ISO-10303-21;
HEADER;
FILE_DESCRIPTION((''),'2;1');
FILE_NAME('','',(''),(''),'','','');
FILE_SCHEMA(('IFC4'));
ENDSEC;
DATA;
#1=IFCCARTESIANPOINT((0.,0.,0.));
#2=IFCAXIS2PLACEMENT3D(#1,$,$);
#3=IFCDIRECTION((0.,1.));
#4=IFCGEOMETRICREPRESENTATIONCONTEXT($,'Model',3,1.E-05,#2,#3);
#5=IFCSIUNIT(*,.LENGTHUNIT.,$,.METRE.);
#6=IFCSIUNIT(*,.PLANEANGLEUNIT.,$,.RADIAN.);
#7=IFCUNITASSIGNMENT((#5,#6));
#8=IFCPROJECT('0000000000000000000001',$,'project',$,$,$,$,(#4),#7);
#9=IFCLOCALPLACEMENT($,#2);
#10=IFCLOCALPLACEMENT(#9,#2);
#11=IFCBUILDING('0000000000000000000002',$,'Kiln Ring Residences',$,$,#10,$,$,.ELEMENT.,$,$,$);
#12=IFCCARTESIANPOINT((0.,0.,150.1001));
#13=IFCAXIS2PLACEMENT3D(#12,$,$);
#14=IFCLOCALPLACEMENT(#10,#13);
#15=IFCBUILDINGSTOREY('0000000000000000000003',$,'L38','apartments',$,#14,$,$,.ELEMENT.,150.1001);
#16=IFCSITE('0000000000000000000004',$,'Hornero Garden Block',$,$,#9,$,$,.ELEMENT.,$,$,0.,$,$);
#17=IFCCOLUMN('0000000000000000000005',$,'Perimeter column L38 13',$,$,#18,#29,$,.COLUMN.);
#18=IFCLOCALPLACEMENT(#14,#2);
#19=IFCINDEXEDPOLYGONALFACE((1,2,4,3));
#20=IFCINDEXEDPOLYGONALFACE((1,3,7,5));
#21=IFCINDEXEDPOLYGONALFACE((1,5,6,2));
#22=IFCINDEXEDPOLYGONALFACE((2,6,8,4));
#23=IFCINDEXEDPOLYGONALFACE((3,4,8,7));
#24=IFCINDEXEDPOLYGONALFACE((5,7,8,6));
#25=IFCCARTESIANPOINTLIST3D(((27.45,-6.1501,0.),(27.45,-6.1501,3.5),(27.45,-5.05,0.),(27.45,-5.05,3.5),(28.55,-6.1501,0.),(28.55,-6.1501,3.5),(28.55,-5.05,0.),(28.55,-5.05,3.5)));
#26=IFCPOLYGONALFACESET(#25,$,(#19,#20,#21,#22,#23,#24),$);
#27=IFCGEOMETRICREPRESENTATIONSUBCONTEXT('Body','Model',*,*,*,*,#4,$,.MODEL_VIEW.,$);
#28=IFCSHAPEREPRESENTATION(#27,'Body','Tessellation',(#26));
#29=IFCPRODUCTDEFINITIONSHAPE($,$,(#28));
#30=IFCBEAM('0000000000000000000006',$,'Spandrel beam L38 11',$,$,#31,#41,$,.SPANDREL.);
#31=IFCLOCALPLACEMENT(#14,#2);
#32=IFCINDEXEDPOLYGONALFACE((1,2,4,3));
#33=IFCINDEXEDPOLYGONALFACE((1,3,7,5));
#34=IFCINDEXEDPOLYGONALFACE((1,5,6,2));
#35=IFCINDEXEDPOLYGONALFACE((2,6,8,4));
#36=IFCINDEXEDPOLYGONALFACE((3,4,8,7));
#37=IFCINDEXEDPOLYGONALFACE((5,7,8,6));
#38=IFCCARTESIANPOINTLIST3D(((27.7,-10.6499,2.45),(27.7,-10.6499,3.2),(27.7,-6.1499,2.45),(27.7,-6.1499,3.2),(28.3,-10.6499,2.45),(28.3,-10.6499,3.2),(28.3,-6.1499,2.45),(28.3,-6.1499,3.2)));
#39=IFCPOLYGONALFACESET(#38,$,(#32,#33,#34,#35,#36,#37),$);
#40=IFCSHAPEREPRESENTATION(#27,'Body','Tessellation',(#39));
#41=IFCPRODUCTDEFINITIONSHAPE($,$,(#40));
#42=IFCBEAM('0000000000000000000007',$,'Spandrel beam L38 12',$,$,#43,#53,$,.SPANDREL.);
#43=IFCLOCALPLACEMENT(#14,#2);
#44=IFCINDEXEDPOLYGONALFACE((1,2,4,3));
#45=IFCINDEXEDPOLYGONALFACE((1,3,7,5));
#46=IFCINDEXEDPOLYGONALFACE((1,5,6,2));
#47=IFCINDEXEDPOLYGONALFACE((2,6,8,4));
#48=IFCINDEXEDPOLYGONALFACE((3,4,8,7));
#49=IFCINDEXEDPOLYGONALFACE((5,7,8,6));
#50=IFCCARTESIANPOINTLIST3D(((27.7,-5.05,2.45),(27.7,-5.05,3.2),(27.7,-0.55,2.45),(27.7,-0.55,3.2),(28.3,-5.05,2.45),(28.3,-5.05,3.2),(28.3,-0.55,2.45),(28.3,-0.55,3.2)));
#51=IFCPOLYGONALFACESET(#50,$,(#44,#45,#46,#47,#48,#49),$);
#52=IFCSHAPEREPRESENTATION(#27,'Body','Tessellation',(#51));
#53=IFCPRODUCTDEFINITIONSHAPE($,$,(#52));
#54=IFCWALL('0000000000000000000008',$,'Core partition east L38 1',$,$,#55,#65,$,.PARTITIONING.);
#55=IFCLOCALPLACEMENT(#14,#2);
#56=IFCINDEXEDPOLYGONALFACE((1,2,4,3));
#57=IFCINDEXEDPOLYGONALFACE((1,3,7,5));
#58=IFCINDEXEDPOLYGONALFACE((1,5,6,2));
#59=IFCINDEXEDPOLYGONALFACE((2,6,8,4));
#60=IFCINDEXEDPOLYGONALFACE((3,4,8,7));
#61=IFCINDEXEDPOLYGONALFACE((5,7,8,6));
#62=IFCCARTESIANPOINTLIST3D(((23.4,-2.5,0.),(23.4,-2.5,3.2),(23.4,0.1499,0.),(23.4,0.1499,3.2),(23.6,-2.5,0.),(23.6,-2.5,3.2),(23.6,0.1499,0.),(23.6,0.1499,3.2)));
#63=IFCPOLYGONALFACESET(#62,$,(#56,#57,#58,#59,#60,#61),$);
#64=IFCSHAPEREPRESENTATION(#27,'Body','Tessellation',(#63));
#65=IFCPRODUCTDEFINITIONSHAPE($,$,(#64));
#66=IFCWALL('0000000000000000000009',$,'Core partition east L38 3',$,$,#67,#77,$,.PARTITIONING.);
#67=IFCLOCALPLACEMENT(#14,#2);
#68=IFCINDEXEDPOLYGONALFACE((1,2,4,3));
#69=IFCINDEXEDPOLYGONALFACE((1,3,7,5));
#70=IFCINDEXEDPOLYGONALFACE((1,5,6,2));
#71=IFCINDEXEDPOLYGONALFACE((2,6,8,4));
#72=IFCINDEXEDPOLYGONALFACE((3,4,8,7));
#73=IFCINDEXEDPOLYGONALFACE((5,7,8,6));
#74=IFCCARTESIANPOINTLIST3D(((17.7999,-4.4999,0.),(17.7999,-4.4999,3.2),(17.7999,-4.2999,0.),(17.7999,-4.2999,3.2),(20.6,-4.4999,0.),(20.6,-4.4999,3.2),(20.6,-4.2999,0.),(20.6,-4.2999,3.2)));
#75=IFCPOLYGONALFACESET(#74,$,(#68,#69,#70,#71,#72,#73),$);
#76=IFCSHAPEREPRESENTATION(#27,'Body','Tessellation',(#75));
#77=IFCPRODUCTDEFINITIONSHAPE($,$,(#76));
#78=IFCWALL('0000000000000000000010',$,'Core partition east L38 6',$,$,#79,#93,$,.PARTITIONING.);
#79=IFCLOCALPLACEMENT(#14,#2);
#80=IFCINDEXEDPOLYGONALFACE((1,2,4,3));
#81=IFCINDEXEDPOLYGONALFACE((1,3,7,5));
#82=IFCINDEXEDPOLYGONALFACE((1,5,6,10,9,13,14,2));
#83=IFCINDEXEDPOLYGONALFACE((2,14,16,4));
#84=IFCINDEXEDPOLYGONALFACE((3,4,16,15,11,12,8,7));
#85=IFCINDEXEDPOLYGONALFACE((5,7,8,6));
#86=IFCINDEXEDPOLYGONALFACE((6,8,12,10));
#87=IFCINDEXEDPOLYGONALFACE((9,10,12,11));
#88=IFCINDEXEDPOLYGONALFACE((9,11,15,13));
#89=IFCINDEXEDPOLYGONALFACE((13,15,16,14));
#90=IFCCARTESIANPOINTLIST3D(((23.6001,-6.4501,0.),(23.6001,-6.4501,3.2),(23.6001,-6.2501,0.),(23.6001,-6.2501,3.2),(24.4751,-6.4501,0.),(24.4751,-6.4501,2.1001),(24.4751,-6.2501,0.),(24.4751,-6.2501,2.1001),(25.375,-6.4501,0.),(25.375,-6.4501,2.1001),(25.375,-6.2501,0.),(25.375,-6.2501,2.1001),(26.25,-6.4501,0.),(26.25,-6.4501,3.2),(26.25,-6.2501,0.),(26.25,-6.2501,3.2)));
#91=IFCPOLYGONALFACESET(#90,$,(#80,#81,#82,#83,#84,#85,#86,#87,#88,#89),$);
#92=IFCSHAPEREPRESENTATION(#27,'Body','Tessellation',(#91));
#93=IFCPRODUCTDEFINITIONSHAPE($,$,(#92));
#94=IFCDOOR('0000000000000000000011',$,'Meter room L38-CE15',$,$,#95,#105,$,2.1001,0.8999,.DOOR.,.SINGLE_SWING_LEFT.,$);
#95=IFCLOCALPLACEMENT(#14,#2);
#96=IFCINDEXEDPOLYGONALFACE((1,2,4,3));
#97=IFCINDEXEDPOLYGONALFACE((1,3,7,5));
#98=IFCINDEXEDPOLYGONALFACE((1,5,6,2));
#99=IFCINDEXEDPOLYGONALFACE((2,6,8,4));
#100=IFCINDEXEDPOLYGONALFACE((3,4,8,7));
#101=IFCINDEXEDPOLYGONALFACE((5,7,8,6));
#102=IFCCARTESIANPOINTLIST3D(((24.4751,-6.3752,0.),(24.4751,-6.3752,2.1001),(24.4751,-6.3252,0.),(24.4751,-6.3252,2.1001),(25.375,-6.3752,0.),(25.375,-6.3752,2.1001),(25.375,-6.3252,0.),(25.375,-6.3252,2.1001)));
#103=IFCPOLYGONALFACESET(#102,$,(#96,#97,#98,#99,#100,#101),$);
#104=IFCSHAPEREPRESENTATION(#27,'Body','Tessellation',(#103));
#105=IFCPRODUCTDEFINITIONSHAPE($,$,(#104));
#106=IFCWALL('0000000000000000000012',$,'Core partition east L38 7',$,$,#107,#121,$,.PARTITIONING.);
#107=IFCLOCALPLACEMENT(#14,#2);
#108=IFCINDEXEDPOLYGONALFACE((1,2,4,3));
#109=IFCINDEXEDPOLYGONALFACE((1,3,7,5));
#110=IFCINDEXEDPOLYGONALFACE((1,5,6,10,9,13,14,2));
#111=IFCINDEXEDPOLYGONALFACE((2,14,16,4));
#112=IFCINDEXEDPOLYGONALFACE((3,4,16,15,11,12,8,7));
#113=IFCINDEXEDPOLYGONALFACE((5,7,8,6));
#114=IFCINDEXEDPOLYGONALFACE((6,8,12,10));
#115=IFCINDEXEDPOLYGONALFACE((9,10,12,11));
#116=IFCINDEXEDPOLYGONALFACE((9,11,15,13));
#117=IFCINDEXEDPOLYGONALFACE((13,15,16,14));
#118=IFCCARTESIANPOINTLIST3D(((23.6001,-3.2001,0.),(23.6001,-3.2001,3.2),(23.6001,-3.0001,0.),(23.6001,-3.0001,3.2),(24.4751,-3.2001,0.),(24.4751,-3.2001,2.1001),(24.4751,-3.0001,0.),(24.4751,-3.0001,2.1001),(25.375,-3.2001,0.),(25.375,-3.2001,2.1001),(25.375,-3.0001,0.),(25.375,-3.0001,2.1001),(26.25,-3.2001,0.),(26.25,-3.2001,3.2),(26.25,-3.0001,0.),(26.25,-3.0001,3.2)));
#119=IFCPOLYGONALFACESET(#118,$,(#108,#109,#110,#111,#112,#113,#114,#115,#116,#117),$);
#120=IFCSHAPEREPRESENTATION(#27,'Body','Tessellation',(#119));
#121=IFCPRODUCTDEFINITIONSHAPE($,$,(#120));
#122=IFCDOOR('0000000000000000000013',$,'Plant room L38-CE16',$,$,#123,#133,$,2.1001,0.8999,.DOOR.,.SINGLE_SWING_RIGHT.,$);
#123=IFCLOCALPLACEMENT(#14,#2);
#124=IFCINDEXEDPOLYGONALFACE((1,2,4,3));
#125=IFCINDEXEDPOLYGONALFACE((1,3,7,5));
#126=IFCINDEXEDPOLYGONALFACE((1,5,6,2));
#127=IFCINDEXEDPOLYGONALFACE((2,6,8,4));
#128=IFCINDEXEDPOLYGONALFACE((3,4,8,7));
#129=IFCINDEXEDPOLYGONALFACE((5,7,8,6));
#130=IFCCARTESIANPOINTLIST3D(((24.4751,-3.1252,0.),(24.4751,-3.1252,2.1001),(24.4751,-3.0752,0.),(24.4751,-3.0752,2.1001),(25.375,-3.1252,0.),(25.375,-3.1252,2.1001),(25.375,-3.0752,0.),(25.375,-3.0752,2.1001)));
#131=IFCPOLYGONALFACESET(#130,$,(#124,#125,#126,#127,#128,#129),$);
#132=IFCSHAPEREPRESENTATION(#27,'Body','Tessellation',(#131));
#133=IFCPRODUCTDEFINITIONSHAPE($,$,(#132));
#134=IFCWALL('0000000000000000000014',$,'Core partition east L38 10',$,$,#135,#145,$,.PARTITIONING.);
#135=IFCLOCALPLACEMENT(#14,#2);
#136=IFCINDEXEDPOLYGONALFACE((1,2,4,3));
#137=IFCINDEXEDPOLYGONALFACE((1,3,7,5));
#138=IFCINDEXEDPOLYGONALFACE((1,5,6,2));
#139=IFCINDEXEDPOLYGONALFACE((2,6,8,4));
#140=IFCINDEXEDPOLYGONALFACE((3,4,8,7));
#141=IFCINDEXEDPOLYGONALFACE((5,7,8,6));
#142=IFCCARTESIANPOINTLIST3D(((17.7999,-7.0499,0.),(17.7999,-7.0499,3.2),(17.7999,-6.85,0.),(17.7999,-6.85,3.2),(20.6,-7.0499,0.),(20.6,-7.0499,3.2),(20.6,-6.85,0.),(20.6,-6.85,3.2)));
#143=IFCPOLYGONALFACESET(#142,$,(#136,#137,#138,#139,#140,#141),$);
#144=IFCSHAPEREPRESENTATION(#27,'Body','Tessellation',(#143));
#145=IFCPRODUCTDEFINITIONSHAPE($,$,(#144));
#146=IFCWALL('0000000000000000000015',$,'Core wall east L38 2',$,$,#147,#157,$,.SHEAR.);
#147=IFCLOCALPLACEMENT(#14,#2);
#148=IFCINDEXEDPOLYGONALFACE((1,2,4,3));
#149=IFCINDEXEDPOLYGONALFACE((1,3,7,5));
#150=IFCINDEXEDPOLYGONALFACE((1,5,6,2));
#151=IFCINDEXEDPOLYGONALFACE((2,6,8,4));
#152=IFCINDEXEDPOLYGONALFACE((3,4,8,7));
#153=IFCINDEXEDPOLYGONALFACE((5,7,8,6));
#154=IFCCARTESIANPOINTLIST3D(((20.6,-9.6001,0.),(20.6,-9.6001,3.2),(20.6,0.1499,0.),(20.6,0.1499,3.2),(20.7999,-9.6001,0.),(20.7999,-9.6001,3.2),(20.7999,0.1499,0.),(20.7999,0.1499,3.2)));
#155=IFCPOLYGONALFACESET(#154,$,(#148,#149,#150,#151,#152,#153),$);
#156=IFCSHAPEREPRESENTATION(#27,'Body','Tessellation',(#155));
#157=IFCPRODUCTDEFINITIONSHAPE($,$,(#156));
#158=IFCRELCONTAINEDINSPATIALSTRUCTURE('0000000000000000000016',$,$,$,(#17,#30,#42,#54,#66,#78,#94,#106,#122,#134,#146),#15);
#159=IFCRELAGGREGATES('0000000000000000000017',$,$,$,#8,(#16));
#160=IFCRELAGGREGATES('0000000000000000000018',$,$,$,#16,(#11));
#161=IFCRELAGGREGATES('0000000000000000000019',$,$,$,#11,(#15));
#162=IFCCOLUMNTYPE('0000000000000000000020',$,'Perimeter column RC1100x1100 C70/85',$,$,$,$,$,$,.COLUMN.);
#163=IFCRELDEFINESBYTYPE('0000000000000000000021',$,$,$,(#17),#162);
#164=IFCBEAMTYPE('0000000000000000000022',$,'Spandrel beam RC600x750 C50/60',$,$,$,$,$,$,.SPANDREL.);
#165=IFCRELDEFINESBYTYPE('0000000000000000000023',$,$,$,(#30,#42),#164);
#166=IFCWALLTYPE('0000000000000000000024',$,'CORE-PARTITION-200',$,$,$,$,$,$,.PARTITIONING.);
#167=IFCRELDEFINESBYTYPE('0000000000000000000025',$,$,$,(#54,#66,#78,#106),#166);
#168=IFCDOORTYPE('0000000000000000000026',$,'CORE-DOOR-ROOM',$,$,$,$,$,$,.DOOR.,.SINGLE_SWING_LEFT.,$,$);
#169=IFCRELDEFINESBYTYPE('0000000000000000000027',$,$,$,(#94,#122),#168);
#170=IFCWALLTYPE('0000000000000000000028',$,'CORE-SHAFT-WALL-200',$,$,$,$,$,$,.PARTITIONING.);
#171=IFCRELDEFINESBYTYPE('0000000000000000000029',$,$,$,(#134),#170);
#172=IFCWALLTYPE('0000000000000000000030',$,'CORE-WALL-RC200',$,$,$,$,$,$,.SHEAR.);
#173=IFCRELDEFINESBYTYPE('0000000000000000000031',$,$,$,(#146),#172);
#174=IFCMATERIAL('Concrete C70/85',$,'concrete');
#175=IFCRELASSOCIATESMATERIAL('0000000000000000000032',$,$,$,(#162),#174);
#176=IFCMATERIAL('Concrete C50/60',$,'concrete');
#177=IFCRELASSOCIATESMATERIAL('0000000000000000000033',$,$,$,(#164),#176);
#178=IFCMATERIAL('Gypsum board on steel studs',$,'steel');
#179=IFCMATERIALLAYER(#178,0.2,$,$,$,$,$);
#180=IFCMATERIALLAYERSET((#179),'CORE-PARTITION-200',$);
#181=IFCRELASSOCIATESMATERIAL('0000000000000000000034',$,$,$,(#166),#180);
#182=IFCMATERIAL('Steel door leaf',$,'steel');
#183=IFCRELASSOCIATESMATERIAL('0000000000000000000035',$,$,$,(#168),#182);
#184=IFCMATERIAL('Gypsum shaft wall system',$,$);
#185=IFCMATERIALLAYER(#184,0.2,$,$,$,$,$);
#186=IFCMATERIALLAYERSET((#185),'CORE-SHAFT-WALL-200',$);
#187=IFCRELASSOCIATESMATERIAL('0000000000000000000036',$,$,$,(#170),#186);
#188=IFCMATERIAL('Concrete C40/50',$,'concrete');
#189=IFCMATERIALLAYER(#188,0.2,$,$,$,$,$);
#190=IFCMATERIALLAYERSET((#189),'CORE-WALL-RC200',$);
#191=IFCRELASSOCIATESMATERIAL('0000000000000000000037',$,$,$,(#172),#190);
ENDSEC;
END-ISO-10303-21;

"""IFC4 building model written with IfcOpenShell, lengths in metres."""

from ifc_helpers import new_model, si_unit, direction, frame, frame_2d, origin, origin_2d, place, context, subcontext, project, spatial, rectangle, extrude, material, layer, layer_set, material_profile, profile_set, type_object, element, fill, save


model = new_model("IFC4")

# Units and contexts
model_context = context("Model", 3, precision=1e-05, world=origin(), true_north=direction((0.0, 1.0)))
body_context = subcontext(model_context, "Body", "Model", "MODEL_VIEW")
ifc_project = project(units=[si_unit("LENGTHUNIT", "METRE"), si_unit("PLANEANGLEUNIT", "RADIAN")], contexts=[model_context])

# Site, building, storey
site_placement = place(None, origin())
site = spatial("IfcSite", under=ifc_project, at=site_placement, Name="Hornero Garden Block", CompositionType="ELEMENT", RefElevation=0.0)
building_placement = place(site_placement, origin())
building = spatial("IfcBuilding", under=site, at=building_placement, Name="Kiln Ring Residences", CompositionType="ELEMENT")
storey_placement = place(building_placement, frame((0.0, 0.0, 150.1001)))
storey = spatial("IfcBuildingStorey", under=building, at=storey_placement, Name="L38", Description="apartments", CompositionType="ELEMENT", Elevation=150.1001)

# Column
ifc_material_1 = material(Name="Concrete C70/85", Category="concrete")
ifc_material_profile_1 = material_profile(ifc_material_1, rectangle(XDim=1.1001, YDim=1.1001, at=origin_2d()), Name="RC1100x1100")
ifc_profile_set_1 = profile_set([ifc_material_profile_1], Name="Concrete C70/85")
column_type = type_object("IfcColumnType", Name="Perimeter column RC1100x1100 C70/85", PredefinedType="COLUMN", material=ifc_profile_set_1)
column_placement = place(storey_placement, frame((28.0, -5.6001, 0.0), z_axis=(0.0, 0.0, 1.0), x_axis=(1.0, 0.0, 0.0)))
element("IfcColumn", 1, at=column_placement, inside=storey, type_object=column_type, Name="Perimeter column L38 13", PredefinedType="COLUMN", context=body_context, shape_type="SweptSolid", body=[
    extrude(rectangle(XDim=1.1001, YDim=1.1001, at=origin_2d()), origin(), (0.0, 0.0, 1.0), 3.5),
])

# Beams
ifc_material_2 = material(Name="Concrete C50/60", Category="concrete")
ifc_material_profile_2 = material_profile(ifc_material_2, rectangle(XDim=0.6001, YDim=0.75, at=origin_2d()), Name="RC600x750")
ifc_profile_set_2 = profile_set([ifc_material_profile_2], Name="Concrete C50/60")
beam_type = type_object("IfcBeamType", Name="Spandrel beam RC600x750 C50/60", PredefinedType="SPANDREL", material=ifc_profile_set_2)
for number, where, z_axis, x_axis, name in (
    (2, (28.0, -10.6499, 2.825), (0.0, 1.0, 0.0), (-1.0, 0.0, 0.0), "Spandrel beam L38 11"),
    (3, (28.0, -5.05, 2.825), (0.0, 1.0, 0.0), (-1.0, 0.0, 0.0), "Spandrel beam L38 12"),
):
    element("IfcBeam", number, at=place(storey_placement, frame(where, z_axis=z_axis, x_axis=x_axis)), inside=storey, type_object=beam_type, Name=name, PredefinedType="SPANDREL", context=body_context, shape_type="SweptSolid", body=[
        extrude(rectangle(XDim=0.6001, YDim=0.75, at=origin_2d()), origin(), (0.0, 0.0, 1.0), 4.5),
    ])

# Walls
ifc_material_3 = material(Name="Gypsum board on steel studs", Category="steel")
ifc_layer_1 = layer(ifc_material_3, 0.2)
ifc_layer_set_1 = layer_set([ifc_layer_1], Name="CORE-PARTITION-200")
wall_type_1 = type_object("IfcWallType", Name="CORE-PARTITION-200", PredefinedType="PARTITIONING", material=ifc_layer_set_1)
wall_1_placement = place(storey_placement, frame((23.5, -2.5, 0.0), z_axis=(0.0, 0.0, 1.0), x_axis=(0.0, 1.0, 0.0)))
element("IfcWall", 4, at=wall_1_placement, inside=storey, type_object=wall_type_1, Name="Core partition east L38 1", PredefinedType="PARTITIONING", context=body_context, shape_type="SweptSolid", body=[
    extrude(rectangle(XDim=2.6499, YDim=0.2, at=frame_2d((1.325, 0.0))), origin(), (0.0, 0.0, 1.0), 3.2),
])
wall_2_placement = place(storey_placement, frame((17.8, -4.3999, 0.0), z_axis=(0.0, 0.0, 1.0), x_axis=(1.0, 0.0, 0.0)))
element("IfcWall", 5, at=wall_2_placement, inside=storey, type_object=wall_type_1, Name="Core partition east L38 3", PredefinedType="PARTITIONING", context=body_context, shape_type="SweptSolid", body=[
    extrude(rectangle(XDim=2.8, YDim=0.2, at=frame_2d((1.3999, 0.0))), origin(), (0.0, 0.0, 1.0), 3.2),
])

# Walls, openings, doors
wall_3_placement = place(storey_placement, frame((23.6001, -6.3501, 0.0), z_axis=(0.0, 0.0, 1.0), x_axis=(1.0, 0.0, 0.0)))
wall_3 = element("IfcWall", 6, at=wall_3_placement, inside=storey, type_object=wall_type_1, Name="Core partition east L38 6", PredefinedType="PARTITIONING", context=body_context, shape_type="SweptSolid", body=[
    extrude(rectangle(XDim=2.6499, YDim=0.2, at=frame_2d((1.325, 0.0))), origin(), (0.0, 0.0, 1.0), 3.2),
])
opening_1_placement = place(wall_3_placement, frame((0.875, 0.0, 0.0)))
opening_1 = element("IfcOpeningElement", 7, at=opening_1_placement, cuts=wall_3, PredefinedType="OPENING", context=body_context, shape_type="SweptSolid", body=[
    extrude(rectangle(XDim=0.8999, YDim=2.1001, at=frame_2d((0.45, 1.05))), frame((0.0, 0.1099, 0.0), z_axis=(0.0, -1.0, 0.0), x_axis=(1.0, 0.0, 0.0)), (0.0, 0.0, 1.0), 0.22),
])
ifc_material_4 = material(Name="Steel door leaf", Category="steel")
door_type_1 = type_object("IfcDoorType", Name="CORE-DOOR-ROOM", OperationType="SINGLE_SWING_LEFT", PredefinedType="DOOR", material=ifc_material_4)
door_1_placement = place(opening_1_placement, origin())
door_1 = element("IfcDoor", 8, at=door_1_placement, inside=storey, type_object=door_type_1, Name="Meter room L38-CE15", OperationType="SINGLE_SWING_LEFT", OverallHeight=2.1001, OverallWidth=0.8999, PredefinedType="DOOR", context=body_context, shape_type="SweptSolid", body=[
    extrude(rectangle(XDim=0.8999, YDim=2.1001, at=frame_2d((0.45, 1.05))), frame((0.0, 0.0249, 0.0), z_axis=(0.0, -1.0, 0.0), x_axis=(1.0, 0.0, 0.0)), (0.0, 0.0, 1.0), 0.05),
])
fill(opening_1, door_1)
wall_4_placement = place(storey_placement, frame((23.6001, -3.1001, 0.0), z_axis=(0.0, 0.0, 1.0), x_axis=(1.0, 0.0, 0.0)))
wall_4 = element("IfcWall", 9, at=wall_4_placement, inside=storey, type_object=wall_type_1, Name="Core partition east L38 7", PredefinedType="PARTITIONING", context=body_context, shape_type="SweptSolid", body=[
    extrude(rectangle(XDim=2.6499, YDim=0.2, at=frame_2d((1.325, 0.0))), origin(), (0.0, 0.0, 1.0), 3.2),
])
opening_2_placement = place(wall_4_placement, frame((0.875, 0.0, 0.0)))
opening_2 = element("IfcOpeningElement", 10, at=opening_2_placement, cuts=wall_4, PredefinedType="OPENING", context=body_context, shape_type="SweptSolid", body=[
    extrude(rectangle(XDim=0.8999, YDim=2.1001, at=frame_2d((0.45, 1.05))), frame((0.0, 0.1099, 0.0), z_axis=(0.0, -1.0, 0.0), x_axis=(1.0, 0.0, 0.0)), (0.0, 0.0, 1.0), 0.22),
])
door_2_placement = place(opening_2_placement, origin())
door_2 = element("IfcDoor", 11, at=door_2_placement, inside=storey, type_object=door_type_1, Name="Plant room L38-CE16", OperationType="SINGLE_SWING_RIGHT", OverallHeight=2.1001, OverallWidth=0.8999, PredefinedType="DOOR", context=body_context, shape_type="SweptSolid", body=[
    extrude(rectangle(XDim=0.8999, YDim=2.1001, at=frame_2d((0.45, 1.05))), frame((0.0, 0.0249, 0.0), z_axis=(0.0, -1.0, 0.0), x_axis=(1.0, 0.0, 0.0)), (0.0, 0.0, 1.0), 0.05),
])
fill(opening_2, door_2)

# Walls
ifc_material_5 = material(Name="Gypsum shaft wall system")
ifc_layer_2 = layer(ifc_material_5, 0.2)
ifc_layer_set_2 = layer_set([ifc_layer_2], Name="CORE-SHAFT-WALL-200")
wall_type_2 = type_object("IfcWallType", Name="CORE-SHAFT-WALL-200", PredefinedType="PARTITIONING", material=ifc_layer_set_2)
wall_5_placement = place(storey_placement, frame((17.8, -6.95, 0.0), z_axis=(0.0, 0.0, 1.0), x_axis=(1.0, 0.0, 0.0)))
element("IfcWall", 12, at=wall_5_placement, inside=storey, type_object=wall_type_2, Name="Core partition east L38 10", PredefinedType="PARTITIONING", context=body_context, shape_type="SweptSolid", body=[
    extrude(rectangle(XDim=2.8, YDim=0.2, at=frame_2d((1.3999, 0.0))), origin(), (0.0, 0.0, 1.0), 3.2),
])
ifc_material_6 = material(Name="Concrete C40/50", Category="concrete")
ifc_layer_3 = layer(ifc_material_6, 0.2)
ifc_layer_set_3 = layer_set([ifc_layer_3], Name="CORE-WALL-RC200")
wall_type_3 = type_object("IfcWallType", Name="CORE-WALL-RC200", PredefinedType="SHEAR", material=ifc_layer_set_3)
wall_6_placement = place(storey_placement, frame((20.7, -9.6001, 0.0), z_axis=(0.0, 0.0, 1.0), x_axis=(0.0, 1.0, 0.0)))
element("IfcWall", 13, at=wall_6_placement, inside=storey, type_object=wall_type_3, Name="Core wall east L38 2", PredefinedType="SHEAR", context=body_context, shape_type="SweptSolid", body=[
    extrude(rectangle(XDim=9.75, YDim=0.2, at=frame_2d((4.875, 0.0))), origin(), (0.0, 0.0, 1.0), 3.2),
])

save(model, "model.ifc")
